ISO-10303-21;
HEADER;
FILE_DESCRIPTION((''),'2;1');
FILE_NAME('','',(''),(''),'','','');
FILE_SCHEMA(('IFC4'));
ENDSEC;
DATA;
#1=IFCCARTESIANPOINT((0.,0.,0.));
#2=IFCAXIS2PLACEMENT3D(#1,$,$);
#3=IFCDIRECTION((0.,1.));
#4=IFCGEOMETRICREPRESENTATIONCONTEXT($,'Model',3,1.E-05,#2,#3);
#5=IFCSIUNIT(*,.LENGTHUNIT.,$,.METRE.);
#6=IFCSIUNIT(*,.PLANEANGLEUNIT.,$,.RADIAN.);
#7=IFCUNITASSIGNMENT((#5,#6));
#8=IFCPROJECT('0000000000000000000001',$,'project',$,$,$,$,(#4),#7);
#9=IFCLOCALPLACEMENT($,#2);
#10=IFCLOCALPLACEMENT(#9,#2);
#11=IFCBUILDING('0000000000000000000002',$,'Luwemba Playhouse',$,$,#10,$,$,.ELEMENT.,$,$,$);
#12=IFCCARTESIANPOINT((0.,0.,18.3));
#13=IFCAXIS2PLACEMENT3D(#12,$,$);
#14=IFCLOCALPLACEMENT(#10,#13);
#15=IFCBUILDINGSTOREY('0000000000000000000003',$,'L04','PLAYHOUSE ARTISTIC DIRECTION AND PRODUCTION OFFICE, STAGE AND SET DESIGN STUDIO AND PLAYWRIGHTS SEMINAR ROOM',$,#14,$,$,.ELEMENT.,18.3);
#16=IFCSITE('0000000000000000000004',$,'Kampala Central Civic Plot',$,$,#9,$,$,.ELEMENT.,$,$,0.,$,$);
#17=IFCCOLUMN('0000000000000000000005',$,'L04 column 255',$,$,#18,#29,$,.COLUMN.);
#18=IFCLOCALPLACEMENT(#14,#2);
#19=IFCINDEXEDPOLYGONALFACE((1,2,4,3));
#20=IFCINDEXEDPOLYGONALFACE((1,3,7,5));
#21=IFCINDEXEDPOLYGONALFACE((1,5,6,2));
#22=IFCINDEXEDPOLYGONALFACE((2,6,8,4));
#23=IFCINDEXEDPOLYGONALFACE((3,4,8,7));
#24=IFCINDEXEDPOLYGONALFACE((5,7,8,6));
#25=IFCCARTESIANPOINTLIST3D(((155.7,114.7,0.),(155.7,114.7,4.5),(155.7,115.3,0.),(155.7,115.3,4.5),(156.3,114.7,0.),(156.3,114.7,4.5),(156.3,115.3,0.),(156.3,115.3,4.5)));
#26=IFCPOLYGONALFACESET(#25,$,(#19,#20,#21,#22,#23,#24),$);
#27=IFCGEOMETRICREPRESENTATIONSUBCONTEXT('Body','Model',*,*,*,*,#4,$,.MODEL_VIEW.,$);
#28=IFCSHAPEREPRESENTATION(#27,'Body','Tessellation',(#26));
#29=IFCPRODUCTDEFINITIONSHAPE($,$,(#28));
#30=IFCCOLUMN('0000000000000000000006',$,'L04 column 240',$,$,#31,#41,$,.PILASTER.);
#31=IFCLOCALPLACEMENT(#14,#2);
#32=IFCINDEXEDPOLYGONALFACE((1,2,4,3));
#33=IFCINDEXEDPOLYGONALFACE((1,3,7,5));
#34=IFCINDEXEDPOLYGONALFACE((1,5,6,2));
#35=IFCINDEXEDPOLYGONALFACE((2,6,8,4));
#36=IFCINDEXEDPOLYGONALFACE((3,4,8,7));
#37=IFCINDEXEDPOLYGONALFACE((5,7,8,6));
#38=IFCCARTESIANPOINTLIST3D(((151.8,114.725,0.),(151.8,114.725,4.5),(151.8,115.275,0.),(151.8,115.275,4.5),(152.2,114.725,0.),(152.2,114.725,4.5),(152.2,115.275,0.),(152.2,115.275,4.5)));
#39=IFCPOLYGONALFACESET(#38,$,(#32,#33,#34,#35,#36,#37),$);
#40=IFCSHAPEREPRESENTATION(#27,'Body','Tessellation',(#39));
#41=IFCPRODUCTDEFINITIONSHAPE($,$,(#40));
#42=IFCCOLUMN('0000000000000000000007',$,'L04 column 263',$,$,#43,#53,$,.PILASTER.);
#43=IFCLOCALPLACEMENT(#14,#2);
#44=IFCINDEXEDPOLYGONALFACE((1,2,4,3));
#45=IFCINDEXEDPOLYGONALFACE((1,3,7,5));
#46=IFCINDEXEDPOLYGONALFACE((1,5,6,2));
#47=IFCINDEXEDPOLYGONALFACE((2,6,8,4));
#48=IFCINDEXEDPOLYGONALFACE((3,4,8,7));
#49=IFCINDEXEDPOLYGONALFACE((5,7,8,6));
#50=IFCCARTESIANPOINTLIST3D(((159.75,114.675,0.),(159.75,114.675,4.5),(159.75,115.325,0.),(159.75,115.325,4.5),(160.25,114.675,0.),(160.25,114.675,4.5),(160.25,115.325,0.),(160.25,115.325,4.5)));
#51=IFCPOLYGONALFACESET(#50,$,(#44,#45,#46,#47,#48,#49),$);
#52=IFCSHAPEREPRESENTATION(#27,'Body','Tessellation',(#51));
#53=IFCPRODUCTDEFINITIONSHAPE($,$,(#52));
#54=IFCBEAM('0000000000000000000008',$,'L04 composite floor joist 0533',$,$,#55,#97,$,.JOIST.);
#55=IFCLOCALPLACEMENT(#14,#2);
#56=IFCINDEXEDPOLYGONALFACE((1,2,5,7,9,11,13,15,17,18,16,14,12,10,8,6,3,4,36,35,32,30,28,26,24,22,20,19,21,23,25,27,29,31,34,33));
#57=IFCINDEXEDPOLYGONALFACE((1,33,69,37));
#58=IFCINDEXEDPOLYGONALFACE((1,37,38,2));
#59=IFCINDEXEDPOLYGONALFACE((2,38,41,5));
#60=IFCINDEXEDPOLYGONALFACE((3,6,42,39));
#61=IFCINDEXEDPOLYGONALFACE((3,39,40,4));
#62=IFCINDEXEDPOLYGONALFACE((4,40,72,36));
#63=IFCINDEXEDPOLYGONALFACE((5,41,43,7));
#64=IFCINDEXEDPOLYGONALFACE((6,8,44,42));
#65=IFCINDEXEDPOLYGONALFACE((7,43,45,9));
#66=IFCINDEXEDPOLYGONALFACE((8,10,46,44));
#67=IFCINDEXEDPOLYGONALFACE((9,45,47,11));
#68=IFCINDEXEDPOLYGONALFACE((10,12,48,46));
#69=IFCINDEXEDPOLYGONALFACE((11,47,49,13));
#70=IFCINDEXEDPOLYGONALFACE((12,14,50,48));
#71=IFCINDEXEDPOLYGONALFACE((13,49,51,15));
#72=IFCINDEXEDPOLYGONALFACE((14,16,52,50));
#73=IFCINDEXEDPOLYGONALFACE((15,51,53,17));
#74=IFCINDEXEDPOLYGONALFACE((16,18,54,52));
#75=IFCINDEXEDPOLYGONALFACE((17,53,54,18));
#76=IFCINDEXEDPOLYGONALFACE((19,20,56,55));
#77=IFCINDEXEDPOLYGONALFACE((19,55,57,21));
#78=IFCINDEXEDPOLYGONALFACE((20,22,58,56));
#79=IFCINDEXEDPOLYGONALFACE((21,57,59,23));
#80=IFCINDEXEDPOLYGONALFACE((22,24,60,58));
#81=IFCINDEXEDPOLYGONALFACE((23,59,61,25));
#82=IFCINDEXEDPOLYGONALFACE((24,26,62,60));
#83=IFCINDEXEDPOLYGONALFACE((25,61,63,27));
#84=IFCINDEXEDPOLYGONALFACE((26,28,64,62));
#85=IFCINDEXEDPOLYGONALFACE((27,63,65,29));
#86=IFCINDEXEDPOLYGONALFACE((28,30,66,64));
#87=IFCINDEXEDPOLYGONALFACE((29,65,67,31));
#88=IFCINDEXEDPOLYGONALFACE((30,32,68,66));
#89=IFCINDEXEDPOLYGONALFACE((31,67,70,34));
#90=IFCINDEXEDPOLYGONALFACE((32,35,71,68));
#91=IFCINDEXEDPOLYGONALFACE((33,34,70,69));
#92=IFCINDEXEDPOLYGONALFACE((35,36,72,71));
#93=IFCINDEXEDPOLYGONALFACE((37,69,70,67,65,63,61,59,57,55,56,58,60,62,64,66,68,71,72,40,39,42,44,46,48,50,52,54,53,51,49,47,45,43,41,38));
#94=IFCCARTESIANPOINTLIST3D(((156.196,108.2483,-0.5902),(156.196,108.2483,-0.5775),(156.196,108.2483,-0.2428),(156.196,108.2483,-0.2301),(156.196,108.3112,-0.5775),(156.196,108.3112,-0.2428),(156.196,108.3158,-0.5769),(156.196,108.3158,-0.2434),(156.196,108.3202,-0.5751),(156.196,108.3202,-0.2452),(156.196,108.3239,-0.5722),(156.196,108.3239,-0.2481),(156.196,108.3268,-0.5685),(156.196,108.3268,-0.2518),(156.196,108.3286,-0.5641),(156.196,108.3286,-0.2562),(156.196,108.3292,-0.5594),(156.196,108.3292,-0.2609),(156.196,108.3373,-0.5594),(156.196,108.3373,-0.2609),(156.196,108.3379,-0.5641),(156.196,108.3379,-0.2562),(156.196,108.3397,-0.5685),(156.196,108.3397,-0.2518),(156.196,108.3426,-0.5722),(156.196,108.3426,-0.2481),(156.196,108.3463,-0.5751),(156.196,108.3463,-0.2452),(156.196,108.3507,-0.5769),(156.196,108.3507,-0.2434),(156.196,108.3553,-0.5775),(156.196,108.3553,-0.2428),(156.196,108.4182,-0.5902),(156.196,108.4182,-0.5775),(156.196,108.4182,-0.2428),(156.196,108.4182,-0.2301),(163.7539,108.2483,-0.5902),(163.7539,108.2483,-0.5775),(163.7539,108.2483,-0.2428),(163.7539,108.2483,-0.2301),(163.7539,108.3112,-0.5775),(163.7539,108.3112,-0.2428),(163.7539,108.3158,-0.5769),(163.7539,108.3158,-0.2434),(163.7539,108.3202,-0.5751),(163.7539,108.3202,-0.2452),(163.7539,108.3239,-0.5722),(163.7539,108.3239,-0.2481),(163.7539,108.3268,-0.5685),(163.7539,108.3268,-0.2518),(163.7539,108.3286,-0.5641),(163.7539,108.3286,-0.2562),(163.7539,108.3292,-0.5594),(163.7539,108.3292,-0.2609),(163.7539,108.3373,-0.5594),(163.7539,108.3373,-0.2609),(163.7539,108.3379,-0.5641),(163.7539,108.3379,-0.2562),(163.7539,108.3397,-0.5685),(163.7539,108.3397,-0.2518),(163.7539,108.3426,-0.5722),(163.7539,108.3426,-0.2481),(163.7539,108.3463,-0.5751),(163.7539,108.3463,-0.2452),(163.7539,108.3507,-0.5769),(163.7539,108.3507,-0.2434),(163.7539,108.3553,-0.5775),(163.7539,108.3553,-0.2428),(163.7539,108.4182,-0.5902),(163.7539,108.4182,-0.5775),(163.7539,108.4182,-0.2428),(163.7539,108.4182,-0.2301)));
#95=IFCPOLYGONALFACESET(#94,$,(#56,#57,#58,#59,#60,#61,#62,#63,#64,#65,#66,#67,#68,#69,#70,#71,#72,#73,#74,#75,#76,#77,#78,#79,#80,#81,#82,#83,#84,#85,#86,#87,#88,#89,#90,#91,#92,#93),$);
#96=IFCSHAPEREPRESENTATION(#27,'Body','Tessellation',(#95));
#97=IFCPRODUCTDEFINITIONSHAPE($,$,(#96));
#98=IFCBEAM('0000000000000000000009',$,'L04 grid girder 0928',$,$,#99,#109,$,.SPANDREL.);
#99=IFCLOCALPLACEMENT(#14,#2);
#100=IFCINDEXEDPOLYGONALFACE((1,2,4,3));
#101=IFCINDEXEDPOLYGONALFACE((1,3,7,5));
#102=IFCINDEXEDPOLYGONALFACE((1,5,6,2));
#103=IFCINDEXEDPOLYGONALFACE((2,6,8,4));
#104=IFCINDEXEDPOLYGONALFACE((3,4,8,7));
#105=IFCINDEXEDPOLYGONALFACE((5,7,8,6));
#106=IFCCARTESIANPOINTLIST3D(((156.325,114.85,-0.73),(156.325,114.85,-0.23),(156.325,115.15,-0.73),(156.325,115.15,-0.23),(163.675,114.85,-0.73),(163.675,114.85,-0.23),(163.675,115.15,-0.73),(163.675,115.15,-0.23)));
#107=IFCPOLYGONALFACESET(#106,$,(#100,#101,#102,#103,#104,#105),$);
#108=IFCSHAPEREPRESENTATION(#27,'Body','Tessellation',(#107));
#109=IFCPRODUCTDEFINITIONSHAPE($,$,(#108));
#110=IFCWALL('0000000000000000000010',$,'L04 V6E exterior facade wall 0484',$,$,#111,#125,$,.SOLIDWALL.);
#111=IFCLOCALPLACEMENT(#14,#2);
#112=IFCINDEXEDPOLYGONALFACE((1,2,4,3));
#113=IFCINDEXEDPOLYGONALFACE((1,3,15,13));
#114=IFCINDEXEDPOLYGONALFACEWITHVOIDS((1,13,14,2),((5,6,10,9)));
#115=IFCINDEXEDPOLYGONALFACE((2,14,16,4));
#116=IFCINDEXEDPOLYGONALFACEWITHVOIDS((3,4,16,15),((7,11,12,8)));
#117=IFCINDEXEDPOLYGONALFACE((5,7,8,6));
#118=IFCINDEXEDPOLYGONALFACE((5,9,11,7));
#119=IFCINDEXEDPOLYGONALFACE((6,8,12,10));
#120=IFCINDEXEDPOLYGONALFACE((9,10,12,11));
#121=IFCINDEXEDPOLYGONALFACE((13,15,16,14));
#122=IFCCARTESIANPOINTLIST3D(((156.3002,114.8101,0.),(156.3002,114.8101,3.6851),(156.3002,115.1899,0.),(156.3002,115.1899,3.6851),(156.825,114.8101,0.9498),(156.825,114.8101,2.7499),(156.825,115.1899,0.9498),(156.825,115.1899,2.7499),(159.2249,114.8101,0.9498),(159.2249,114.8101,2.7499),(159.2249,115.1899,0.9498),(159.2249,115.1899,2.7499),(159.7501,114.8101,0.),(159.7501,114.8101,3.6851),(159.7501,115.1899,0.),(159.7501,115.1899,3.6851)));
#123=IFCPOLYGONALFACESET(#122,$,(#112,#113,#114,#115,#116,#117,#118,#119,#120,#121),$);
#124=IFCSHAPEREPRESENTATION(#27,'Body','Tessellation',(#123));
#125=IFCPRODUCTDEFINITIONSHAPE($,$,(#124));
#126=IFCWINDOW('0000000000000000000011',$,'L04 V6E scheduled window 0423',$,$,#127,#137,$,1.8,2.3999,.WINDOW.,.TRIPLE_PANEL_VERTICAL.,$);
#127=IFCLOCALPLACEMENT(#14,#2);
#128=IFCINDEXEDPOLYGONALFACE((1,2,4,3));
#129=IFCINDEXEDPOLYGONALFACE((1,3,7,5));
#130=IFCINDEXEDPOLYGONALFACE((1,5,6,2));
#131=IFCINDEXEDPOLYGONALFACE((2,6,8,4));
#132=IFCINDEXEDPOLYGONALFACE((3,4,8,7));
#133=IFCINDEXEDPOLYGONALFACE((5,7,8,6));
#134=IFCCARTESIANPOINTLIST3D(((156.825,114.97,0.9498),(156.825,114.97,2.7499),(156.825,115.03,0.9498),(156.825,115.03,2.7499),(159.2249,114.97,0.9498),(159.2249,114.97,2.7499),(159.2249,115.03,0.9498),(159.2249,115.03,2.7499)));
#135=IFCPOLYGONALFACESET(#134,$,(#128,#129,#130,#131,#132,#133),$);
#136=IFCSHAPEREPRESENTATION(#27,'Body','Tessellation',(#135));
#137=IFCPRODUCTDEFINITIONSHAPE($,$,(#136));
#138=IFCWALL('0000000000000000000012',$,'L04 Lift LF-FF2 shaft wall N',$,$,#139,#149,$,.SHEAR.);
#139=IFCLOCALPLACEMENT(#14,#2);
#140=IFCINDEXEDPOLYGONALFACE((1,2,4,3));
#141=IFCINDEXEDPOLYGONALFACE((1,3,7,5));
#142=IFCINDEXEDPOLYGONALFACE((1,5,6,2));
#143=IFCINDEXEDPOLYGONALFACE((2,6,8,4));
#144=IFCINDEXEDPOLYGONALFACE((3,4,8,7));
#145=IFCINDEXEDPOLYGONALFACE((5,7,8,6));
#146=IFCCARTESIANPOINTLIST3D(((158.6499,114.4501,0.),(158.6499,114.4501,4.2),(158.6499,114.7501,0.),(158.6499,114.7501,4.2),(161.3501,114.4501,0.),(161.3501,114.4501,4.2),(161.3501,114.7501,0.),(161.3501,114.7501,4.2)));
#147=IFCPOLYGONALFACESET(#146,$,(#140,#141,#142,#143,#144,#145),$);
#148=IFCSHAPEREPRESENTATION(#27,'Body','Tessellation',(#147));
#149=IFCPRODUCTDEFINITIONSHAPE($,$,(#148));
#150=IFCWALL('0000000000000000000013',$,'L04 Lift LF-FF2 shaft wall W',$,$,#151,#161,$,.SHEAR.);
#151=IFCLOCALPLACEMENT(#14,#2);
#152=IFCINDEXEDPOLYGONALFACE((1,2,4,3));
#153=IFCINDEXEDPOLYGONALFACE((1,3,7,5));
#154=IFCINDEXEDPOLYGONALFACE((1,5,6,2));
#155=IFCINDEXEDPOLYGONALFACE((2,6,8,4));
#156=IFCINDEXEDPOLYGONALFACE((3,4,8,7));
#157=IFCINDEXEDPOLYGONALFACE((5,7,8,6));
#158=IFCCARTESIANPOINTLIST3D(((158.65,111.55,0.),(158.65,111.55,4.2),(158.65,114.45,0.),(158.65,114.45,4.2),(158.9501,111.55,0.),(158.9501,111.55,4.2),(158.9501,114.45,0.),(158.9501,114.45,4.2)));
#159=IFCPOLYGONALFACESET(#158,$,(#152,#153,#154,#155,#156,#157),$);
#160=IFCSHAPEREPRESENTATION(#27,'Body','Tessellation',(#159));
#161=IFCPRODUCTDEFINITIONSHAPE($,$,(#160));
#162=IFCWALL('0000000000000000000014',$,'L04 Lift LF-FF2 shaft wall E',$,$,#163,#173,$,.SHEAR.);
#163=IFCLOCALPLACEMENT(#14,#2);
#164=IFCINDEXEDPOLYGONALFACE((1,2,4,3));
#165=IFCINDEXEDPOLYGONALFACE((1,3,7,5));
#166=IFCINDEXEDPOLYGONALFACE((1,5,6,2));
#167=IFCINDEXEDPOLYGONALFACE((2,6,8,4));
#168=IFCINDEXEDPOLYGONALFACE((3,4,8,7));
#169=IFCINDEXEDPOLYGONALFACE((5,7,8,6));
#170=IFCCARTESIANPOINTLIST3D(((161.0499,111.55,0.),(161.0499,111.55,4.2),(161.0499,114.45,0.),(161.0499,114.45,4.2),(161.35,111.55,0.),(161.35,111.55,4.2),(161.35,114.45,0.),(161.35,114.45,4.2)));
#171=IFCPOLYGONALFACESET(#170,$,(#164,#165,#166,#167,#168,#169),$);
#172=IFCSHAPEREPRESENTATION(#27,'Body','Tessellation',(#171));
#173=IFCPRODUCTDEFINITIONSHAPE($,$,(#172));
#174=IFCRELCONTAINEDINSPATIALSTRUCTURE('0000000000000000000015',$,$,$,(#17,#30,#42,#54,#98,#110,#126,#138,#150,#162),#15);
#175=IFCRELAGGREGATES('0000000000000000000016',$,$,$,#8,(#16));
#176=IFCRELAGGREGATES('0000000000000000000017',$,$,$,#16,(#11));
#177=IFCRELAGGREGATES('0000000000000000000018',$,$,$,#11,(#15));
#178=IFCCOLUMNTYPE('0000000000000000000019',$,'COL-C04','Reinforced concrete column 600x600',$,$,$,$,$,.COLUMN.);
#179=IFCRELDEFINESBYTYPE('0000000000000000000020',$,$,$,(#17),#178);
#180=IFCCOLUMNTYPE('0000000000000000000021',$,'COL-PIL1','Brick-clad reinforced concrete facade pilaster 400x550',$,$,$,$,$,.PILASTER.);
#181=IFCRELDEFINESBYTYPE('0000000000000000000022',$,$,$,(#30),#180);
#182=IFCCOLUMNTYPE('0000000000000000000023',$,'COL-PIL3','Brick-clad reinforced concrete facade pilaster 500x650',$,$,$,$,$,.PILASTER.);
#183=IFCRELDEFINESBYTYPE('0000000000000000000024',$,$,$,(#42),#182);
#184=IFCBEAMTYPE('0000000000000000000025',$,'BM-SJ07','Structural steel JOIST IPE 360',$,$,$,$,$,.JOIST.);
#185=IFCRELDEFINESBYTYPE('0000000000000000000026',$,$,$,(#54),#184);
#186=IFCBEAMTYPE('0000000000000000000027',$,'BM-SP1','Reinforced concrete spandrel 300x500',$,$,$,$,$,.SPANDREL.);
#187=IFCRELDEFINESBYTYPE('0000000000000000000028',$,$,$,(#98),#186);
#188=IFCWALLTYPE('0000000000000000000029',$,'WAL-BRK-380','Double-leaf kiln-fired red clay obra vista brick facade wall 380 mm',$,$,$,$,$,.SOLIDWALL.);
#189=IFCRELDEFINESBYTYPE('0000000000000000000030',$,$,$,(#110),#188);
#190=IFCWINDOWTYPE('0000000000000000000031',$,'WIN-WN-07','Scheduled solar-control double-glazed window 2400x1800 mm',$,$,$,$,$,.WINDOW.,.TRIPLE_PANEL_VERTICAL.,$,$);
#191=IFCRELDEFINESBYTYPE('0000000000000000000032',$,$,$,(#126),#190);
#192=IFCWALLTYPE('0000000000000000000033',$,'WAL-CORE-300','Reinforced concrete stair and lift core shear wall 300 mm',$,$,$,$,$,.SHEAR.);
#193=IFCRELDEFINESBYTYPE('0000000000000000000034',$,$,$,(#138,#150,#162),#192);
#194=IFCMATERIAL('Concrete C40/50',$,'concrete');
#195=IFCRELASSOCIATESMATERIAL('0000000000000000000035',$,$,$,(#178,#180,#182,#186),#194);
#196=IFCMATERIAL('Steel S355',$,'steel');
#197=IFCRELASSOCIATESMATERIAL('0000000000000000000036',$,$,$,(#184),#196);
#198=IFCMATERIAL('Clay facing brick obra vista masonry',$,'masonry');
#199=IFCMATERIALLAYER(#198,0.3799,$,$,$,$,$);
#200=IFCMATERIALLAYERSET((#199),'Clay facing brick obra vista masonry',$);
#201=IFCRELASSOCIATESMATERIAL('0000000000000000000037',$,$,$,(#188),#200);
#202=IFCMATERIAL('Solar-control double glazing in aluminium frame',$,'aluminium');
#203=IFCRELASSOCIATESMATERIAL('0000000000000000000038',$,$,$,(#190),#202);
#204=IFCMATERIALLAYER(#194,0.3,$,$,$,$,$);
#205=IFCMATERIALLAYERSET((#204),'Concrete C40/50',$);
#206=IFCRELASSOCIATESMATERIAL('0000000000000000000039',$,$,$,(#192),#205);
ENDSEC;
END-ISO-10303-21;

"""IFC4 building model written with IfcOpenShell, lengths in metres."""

from ifc_helpers import new_model, si_unit, direction, frame, frame_2d, origin, origin_2d, place, context, subcontext, project, spatial, rectangle, i_section, extrude, material, layer, layer_set, material_profile, profile_set, type_object, element, fill, save


model = new_model("IFC4")

# Units and contexts
model_context = context("Model", 3, precision=1e-05, world=origin(), true_north=direction((0.0, 1.0)))
body_context = subcontext(model_context, "Body", "Model", "MODEL_VIEW")
ifc_project = project(units=[si_unit("LENGTHUNIT", "METRE"), si_unit("PLANEANGLEUNIT", "RADIAN")], contexts=[model_context])

# Site, building, storey
site_placement = place(None, origin())
site = spatial("IfcSite", under=ifc_project, at=site_placement, Name="Kampala Central Civic Plot", CompositionType="ELEMENT", RefElevation=0.0)
building_placement = place(site_placement, origin())
building = spatial("IfcBuilding", under=site, at=building_placement, Name="Luwemba Playhouse", CompositionType="ELEMENT")
storey_placement = place(building_placement, frame((0.0, 0.0, 18.3)))
storey = spatial("IfcBuildingStorey", under=building, at=storey_placement, Name="L04", Description="PLAYHOUSE ARTISTIC DIRECTION AND PRODUCTION OFFICE, STAGE AND SET DESIGN STUDIO AND PLAYWRIGHTS SEMINAR ROOM", CompositionType="ELEMENT", Elevation=18.3)

# Columns
ifc_material_1 = material(Name="Concrete C40/50", Category="concrete")
ifc_material_profile_1 = material_profile(ifc_material_1, rectangle(XDim=0.6001, YDim=0.6001, at=origin_2d()))
ifc_profile_set_1 = profile_set([ifc_material_profile_1], Name="Concrete C40/50")
column_type_1 = type_object("IfcColumnType", Name="COL-C04", Description="Reinforced concrete column 600x600", PredefinedType="COLUMN", material=ifc_profile_set_1)
column_1_placement = place(storey_placement, frame((156.0, 115.0, 0.0), z_axis=(0.0, 0.0, 1.0), x_axis=(1.0, 0.0, 0.0)))
element("IfcColumn", 1, at=column_1_placement, inside=storey, type_object=column_type_1, Name="L04 column 255", PredefinedType="COLUMN", context=body_context, shape_type="SweptSolid", body=[
    extrude(rectangle(XDim=0.6001, YDim=0.6001, at=origin_2d()), origin(), (0.0, 0.0, 1.0), 4.5),
])
ifc_material_profile_2 = material_profile(ifc_material_1, rectangle(XDim=0.3999, YDim=0.55, at=origin_2d()))
ifc_profile_set_2 = profile_set([ifc_material_profile_2], Name="Concrete C40/50")
column_type_2 = type_object("IfcColumnType", Name="COL-PIL1", Description="Brick-clad reinforced concrete facade pilaster 400x550", PredefinedType="PILASTER", material=ifc_profile_set_2)
column_2_placement = place(storey_placement, frame((152.0, 115.0, 0.0), z_axis=(0.0, 0.0, 1.0), x_axis=(1.0, 0.0, 0.0)))
element("IfcColumn", 2, at=column_2_placement, inside=storey, type_object=column_type_2, Name="L04 column 240", PredefinedType="PILASTER", context=body_context, shape_type="SweptSolid", body=[
    extrude(rectangle(XDim=0.3999, YDim=0.55, at=origin_2d()), origin(), (0.0, 0.0, 1.0), 4.5),
])
ifc_material_profile_3 = material_profile(ifc_material_1, rectangle(XDim=0.5, YDim=0.6499, at=origin_2d()))
ifc_profile_set_3 = profile_set([ifc_material_profile_3], Name="Concrete C40/50")
column_type_3 = type_object("IfcColumnType", Name="COL-PIL3", Description="Brick-clad reinforced concrete facade pilaster 500x650", PredefinedType="PILASTER", material=ifc_profile_set_3)
column_3_placement = place(storey_placement, frame((160.0, 115.0, 0.0), z_axis=(0.0, 0.0, 1.0), x_axis=(1.0, 0.0, 0.0)))
element("IfcColumn", 3, at=column_3_placement, inside=storey, type_object=column_type_3, Name="L04 column 263", PredefinedType="PILASTER", context=body_context, shape_type="SweptSolid", body=[
    extrude(rectangle(XDim=0.5, YDim=0.6499, at=origin_2d()), origin(), (0.0, 0.0, 1.0), 4.5),
])

# Beams
ifc_material_2 = material(Name="Steel S355", Category="steel")
ifc_material_profile_4 = material_profile(ifc_material_2, i_section(OverallWidth=0.1699, OverallDepth=0.3601, WebThickness=0.0081, FlangeThickness=0.0127, FilletRadius=0.0181, at=origin_2d()))
ifc_profile_set_4 = profile_set([ifc_material_profile_4], Name="Steel S355")
beam_type_1 = type_object("IfcBeamType", Name="BM-SJ07", Description="Structural steel JOIST IPE 360", PredefinedType="JOIST", material=ifc_profile_set_4)
beam_1_placement = place(storey_placement, frame((156.196, 108.3333, -0.4102), z_axis=(1.0, 0.0, 0.0), x_axis=(0.0, 1.0, 0.0)))
element("IfcBeam", 4, at=beam_1_placement, inside=storey, type_object=beam_type_1, Name="L04 composite floor joist 0533", PredefinedType="JOIST", context=body_context, shape_type="SweptSolid", body=[
    extrude(i_section(OverallWidth=0.1699, OverallDepth=0.3601, WebThickness=0.0081, FlangeThickness=0.0127, FilletRadius=0.0181, at=origin_2d()), origin(), (0.0, 0.0, 1.0), 7.5579),
])
ifc_material_profile_5 = material_profile(ifc_material_1, rectangle(XDim=0.3, YDim=0.5, at=origin_2d()))
ifc_profile_set_5 = profile_set([ifc_material_profile_5], Name="Concrete C40/50")
beam_type_2 = type_object("IfcBeamType", Name="BM-SP1", Description="Reinforced concrete spandrel 300x500", PredefinedType="SPANDREL", material=ifc_profile_set_5)
beam_2_placement = place(storey_placement, frame((156.325, 115.0, -0.48), z_axis=(1.0, 0.0, 0.0), x_axis=(0.0, 1.0, 0.0)))
element("IfcBeam", 5, at=beam_2_placement, inside=storey, type_object=beam_type_2, Name="L04 grid girder 0928", PredefinedType="SPANDREL", context=body_context, shape_type="SweptSolid", body=[
    extrude(rectangle(XDim=0.3, YDim=0.5, at=origin_2d()), origin(), (0.0, 0.0, 1.0), 7.3501),
])

# Wall, opening, window
ifc_material_3 = material(Name="Clay facing brick obra vista masonry", Category="masonry")
ifc_layer_1 = layer(ifc_material_3, 0.3799)
ifc_layer_set_1 = layer_set([ifc_layer_1], Name="Clay facing brick obra vista masonry")
wall_type_1 = type_object("IfcWallType", Name="WAL-BRK-380", Description="Double-leaf kiln-fired red clay obra vista brick facade wall 380 mm", PredefinedType="SOLIDWALL", material=ifc_layer_set_1)
wall_1_placement = place(storey_placement, frame((156.3, 115.0, 0.0), z_axis=(0.0, 0.0, 1.0), x_axis=(1.0, 0.0, 0.0)))
wall_1 = element("IfcWall", 6, at=wall_1_placement, inside=storey, type_object=wall_type_1, Name="L04 V6E exterior facade wall 0484", PredefinedType="SOLIDWALL", context=body_context, shape_type="SweptSolid", body=[
    extrude(rectangle(XDim=3.45, YDim=0.3799, at=frame_2d((1.7251, 0.0))), origin(), (0.0, 0.0, 1.0), 3.6851),
])
opening_1_placement = place(wall_1_placement, frame((0.5249, 0.0, 0.95)))
opening_1 = element("IfcOpeningElement", 7, at=opening_1_placement, cuts=wall_1, PredefinedType="OPENING", context=body_context, shape_type="SweptSolid", body=[
    extrude(rectangle(XDim=2.3999, YDim=1.8, at=frame_2d((1.2, 0.8999))), frame((0.0, 0.2, 0.0), z_axis=(0.0, -1.0, 0.0), x_axis=(1.0, 0.0, 0.0)), (0.0, 0.0, 1.0), 0.3999),
])
ifc_material_4 = material(Name="Solar-control double glazing in aluminium frame", Category="aluminium")
window_type_1 = type_object("IfcWindowType", Name="WIN-WN-07", Description="Scheduled solar-control double-glazed window 2400x1800 mm", PartitioningType="TRIPLE_PANEL_VERTICAL", PredefinedType="WINDOW", material=ifc_material_4)
window_1_placement = place(opening_1_placement, origin())
window_1 = element("IfcWindow", 8, at=window_1_placement, inside=storey, type_object=window_type_1, Name="L04 V6E scheduled window 0423", OverallHeight=1.8, OverallWidth=2.3999, PartitioningType="TRIPLE_PANEL_VERTICAL", PredefinedType="WINDOW", context=body_context, shape_type="SweptSolid", body=[
    extrude(rectangle(XDim=2.3999, YDim=1.8, at=frame_2d((1.2, 0.8999))), frame((0.0, 0.03, 0.0), z_axis=(0.0, -1.0, 0.0), x_axis=(1.0, 0.0, 0.0)), (0.0, 0.0, 1.0), 0.0601),
])
fill(opening_1, window_1)

# Shared definitions
ifc_layer_2 = layer(ifc_material_1, 0.3)
ifc_layer_set_2 = layer_set([ifc_layer_2], Name="Concrete C40/50")
wall_type_2 = type_object("IfcWallType", Name="WAL-CORE-300", Description="Reinforced concrete stair and lift core shear wall 300 mm", PredefinedType="SHEAR", material=ifc_layer_set_2)

# Walls
wall_2_placement = place(storey_placement, frame((161.3501, 114.6001, 0.0), z_axis=(0.0, 0.0, 1.0), x_axis=(-1.0, 0.0, 0.0)))
element("IfcWall", 9, at=wall_2_placement, inside=storey, type_object=wall_type_2, Name="L04 Lift LF-FF2 shaft wall N", PredefinedType="SHEAR", context=body_context, shape_type="SweptSolid", body=[
    extrude(rectangle(XDim=2.7002, YDim=0.3, at=frame_2d((1.3501, 0.0))), origin(), (0.0, 0.0, 1.0), 4.2),
])
for number, where, z_axis, x_axis, name in (
    (10, (158.8, 111.55, 0.0), (0.0, 0.0, 1.0), (0.0, 1.0, 0.0), "L04 Lift LF-FF2 shaft wall W"),
    (11, (161.2, 114.45, 0.0), (0.0, 0.0, 1.0), (0.0, -1.0, 0.0), "L04 Lift LF-FF2 shaft wall E"),
):
    element("IfcWall", number, at=place(storey_placement, frame(where, z_axis=z_axis, x_axis=x_axis)), inside=storey, type_object=wall_type_2, Name=name, PredefinedType="SHEAR", context=body_context, shape_type="SweptSolid", body=[
        extrude(rectangle(XDim=2.8999, YDim=0.3, at=frame_2d((1.45, 0.0))), origin(), (0.0, 0.0, 1.0), 4.2),
    ])

save(model, "model.ifc")
